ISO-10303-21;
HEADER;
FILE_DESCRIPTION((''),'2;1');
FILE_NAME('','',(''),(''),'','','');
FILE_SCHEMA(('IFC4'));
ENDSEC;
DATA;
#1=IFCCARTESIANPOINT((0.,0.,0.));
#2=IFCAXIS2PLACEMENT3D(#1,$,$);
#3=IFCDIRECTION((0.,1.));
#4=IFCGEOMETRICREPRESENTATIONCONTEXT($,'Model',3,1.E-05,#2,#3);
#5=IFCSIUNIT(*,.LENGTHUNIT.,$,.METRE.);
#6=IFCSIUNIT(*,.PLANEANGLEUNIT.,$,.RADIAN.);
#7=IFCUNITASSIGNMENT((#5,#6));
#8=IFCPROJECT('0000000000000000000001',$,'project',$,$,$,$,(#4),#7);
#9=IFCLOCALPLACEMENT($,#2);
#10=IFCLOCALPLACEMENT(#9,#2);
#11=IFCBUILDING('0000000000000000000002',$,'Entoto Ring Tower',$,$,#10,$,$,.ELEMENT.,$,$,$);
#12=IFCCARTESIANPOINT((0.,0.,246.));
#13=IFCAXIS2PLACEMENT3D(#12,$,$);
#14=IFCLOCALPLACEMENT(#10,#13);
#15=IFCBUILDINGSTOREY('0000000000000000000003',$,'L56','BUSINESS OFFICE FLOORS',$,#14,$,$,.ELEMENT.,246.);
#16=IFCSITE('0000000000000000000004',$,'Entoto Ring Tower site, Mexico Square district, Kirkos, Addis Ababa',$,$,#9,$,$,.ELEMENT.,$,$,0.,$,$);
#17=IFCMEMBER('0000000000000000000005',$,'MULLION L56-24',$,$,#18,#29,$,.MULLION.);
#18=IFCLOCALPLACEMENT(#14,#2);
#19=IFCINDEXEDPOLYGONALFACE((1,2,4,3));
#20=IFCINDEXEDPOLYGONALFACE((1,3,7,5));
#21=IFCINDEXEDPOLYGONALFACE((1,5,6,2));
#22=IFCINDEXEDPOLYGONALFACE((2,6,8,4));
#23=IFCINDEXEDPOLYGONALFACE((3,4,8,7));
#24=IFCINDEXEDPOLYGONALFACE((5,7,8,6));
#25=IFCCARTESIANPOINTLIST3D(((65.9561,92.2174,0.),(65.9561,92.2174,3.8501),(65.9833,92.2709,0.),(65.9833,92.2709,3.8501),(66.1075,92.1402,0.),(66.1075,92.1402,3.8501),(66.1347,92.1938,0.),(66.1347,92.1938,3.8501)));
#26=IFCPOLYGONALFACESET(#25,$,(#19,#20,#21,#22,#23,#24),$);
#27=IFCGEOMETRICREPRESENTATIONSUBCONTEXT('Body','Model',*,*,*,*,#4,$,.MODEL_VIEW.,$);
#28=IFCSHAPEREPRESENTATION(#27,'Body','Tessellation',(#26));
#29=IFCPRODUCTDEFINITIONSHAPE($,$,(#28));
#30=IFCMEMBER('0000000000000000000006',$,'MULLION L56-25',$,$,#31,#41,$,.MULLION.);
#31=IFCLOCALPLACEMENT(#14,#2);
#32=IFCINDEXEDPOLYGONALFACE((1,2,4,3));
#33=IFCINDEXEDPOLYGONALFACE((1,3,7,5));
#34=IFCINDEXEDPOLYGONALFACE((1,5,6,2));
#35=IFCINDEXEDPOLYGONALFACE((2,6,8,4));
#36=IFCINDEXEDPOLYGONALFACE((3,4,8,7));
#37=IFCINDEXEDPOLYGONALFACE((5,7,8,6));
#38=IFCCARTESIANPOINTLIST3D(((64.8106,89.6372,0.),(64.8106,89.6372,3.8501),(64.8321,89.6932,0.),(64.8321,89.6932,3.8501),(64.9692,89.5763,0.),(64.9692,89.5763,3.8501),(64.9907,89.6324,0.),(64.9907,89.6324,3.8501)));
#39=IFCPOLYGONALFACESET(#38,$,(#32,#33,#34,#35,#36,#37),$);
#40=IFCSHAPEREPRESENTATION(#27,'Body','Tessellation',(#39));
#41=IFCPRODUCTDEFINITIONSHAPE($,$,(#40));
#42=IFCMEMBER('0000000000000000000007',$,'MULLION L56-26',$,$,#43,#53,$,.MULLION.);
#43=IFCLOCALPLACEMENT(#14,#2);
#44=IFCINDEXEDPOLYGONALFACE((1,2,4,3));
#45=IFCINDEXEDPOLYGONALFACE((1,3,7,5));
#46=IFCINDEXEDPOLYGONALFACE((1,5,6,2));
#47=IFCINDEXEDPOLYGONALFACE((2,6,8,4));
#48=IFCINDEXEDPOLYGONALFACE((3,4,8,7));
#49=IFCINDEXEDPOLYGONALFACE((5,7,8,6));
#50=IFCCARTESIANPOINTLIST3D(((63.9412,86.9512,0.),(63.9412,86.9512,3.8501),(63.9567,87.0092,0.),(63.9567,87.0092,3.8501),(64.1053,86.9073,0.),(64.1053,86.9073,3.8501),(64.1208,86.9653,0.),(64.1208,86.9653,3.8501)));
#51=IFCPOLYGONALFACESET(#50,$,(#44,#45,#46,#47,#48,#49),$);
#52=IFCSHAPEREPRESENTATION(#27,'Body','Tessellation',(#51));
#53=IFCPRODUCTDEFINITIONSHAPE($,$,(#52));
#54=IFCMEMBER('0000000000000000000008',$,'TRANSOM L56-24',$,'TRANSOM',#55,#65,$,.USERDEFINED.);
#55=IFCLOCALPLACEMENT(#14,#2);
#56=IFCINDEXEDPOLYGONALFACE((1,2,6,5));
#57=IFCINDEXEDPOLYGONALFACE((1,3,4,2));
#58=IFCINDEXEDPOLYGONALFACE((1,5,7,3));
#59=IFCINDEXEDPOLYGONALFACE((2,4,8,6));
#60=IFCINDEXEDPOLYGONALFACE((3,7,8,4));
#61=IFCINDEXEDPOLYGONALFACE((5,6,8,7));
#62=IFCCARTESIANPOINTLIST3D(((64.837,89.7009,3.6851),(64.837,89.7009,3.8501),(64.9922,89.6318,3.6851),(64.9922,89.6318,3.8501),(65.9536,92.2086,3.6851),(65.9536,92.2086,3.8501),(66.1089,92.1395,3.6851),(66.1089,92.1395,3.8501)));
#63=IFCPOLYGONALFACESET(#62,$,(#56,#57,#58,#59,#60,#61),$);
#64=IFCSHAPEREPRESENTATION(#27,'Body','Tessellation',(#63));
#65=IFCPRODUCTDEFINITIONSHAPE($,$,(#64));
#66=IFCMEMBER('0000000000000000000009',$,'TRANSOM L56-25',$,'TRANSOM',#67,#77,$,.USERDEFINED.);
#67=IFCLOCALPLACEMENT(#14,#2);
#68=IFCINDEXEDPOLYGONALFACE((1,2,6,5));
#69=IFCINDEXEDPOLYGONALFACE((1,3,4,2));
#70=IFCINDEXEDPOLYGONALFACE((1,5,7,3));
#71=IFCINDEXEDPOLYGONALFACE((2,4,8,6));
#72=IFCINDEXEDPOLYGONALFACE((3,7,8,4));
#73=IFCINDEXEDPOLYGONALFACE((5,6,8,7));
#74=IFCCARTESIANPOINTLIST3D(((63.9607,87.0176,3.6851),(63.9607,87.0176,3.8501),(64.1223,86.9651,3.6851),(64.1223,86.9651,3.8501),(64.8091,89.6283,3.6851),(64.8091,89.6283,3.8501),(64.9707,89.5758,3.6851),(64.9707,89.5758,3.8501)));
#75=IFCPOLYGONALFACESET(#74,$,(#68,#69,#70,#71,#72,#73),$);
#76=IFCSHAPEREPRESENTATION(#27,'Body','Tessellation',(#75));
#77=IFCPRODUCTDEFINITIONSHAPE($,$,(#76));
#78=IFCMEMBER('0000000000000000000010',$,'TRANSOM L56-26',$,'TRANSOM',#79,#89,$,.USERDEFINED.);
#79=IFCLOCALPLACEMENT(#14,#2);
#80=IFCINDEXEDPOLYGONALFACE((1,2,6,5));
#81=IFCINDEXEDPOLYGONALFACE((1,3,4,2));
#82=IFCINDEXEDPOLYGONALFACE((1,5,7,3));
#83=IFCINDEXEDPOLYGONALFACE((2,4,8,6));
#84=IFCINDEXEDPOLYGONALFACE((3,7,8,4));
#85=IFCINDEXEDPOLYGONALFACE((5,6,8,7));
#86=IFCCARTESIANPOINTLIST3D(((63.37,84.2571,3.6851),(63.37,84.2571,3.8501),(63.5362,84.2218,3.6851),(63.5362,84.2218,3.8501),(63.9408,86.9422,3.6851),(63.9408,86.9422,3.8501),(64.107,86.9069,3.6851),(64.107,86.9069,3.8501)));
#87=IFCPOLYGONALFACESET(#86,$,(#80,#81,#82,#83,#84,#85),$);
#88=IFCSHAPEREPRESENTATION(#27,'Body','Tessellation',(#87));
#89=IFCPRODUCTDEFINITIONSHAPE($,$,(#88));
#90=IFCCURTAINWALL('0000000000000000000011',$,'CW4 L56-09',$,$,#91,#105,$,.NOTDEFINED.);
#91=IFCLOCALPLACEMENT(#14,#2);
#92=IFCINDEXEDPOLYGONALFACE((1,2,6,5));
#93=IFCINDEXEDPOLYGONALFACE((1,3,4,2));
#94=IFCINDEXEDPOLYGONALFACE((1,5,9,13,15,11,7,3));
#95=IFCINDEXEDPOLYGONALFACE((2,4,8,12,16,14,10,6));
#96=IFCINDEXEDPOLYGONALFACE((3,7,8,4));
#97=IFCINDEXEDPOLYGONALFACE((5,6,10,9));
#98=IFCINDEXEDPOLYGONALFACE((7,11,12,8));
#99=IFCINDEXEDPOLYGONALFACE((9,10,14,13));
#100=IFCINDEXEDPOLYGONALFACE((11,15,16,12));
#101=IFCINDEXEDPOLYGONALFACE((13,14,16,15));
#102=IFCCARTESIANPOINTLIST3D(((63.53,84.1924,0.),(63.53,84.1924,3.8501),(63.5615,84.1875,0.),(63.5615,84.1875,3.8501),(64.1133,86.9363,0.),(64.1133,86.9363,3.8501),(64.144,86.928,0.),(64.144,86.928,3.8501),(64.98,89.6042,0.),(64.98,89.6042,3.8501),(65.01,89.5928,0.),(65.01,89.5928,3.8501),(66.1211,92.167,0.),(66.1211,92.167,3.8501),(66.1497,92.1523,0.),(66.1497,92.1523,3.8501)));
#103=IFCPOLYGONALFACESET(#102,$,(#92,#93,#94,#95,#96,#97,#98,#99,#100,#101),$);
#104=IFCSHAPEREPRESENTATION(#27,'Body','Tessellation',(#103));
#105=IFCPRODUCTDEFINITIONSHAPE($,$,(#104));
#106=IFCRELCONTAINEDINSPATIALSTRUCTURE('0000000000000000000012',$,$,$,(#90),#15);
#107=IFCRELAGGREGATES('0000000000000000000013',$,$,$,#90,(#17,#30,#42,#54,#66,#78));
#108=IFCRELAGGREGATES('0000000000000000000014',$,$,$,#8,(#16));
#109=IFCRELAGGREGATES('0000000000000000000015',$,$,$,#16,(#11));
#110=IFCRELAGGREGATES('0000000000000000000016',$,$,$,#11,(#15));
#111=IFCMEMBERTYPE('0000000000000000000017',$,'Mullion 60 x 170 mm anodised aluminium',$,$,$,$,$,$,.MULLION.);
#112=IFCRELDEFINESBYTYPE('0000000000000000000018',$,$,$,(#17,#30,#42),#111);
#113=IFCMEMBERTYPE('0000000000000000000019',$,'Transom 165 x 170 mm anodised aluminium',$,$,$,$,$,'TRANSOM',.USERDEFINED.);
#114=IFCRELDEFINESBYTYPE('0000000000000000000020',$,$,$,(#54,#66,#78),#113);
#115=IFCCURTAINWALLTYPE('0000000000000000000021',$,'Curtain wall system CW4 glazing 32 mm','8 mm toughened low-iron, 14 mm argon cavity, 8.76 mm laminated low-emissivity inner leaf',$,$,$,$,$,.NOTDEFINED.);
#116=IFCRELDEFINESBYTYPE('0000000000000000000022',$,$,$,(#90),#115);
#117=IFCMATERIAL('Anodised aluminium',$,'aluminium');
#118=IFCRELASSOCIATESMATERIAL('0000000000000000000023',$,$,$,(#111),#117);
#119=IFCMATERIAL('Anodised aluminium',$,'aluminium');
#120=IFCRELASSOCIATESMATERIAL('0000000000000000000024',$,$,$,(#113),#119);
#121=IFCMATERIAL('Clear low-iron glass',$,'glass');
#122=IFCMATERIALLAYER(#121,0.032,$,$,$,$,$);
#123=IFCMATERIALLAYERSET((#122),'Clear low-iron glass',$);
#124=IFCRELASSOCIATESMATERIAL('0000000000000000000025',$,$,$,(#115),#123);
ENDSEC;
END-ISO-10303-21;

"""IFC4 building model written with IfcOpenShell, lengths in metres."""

from ifc_helpers import new_model, si_unit, direction, frame, origin, origin_2d, place, context, subcontext, project, spatial, polyline, rectangle, outline, extrude, material, layer, layer_set, material_profile, profile_set, type_object, element, aggregate, save


model = new_model("IFC4")

# Units and contexts
model_context = context("Model", 3, precision=1e-05, world=origin(), true_north=direction((0.0, 1.0)))
body_context = subcontext(model_context, "Body", "Model", "MODEL_VIEW")
ifc_project = project(units=[si_unit("LENGTHUNIT", "METRE"), si_unit("PLANEANGLEUNIT", "RADIAN")], contexts=[model_context])

# Members
ifc_material_1 = material(Name="Anodised aluminium", Category="aluminium")
ifc_material_profile_1 = material_profile(ifc_material_1, rectangle(XDim=0.0601, YDim=0.1699, at=origin_2d()), Name="Mullion 60 x 170 mm anodised aluminium")
ifc_profile_set_1 = profile_set([ifc_material_profile_1], Name="Anodised aluminium")
member_type_1 = type_object("IfcMemberType", Name="Mullion 60 x 170 mm anodised aluminium", PredefinedType="MULLION", material=ifc_profile_set_1)
site_placement = place(None, origin())
building_placement = place(site_placement, origin())
storey_placement = place(building_placement, frame((0.0, 0.0, 246.0)))
member_1_placement = place(storey_placement, frame((66.0454, 92.2056, 0.0), z_axis=(0.0, 0.0, 1.0), x_axis=(-0.45399, -0.891007, 0.0)))
member_1 = element("IfcMember", 1, at=member_1_placement, type_object=member_type_1, Name="MULLION L56-24", PredefinedType="MULLION", context=body_context, shape_type="SweptSolid", body=[
    extrude(rectangle(XDim=0.0601, YDim=0.1699, at=origin_2d()), origin(), (0.0, 0.0, 1.0), 3.8501),
])
member_2_placement = place(storey_placement, frame((64.9006, 89.6348, 0.0), z_axis=(0.0, 0.0, 1.0), x_axis=(-0.358368, -0.93358, 0.0)))
member_2 = element("IfcMember", 2, at=member_2_placement, type_object=member_type_1, Name="MULLION L56-25", PredefinedType="MULLION", context=body_context, shape_type="SweptSolid", body=[
    extrude(rectangle(XDim=0.0601, YDim=0.1699, at=origin_2d()), origin(), (0.0, 0.0, 1.0), 3.8501),
])
member_3_placement = place(storey_placement, frame((64.031, 86.9583, 0.0), z_axis=(0.0, 0.0, 1.0), x_axis=(-0.258819, -0.965926, 0.0)))
member_3 = element("IfcMember", 3, at=member_3_placement, type_object=member_type_1, Name="MULLION L56-26", PredefinedType="MULLION", context=body_context, shape_type="SweptSolid", body=[
    extrude(rectangle(XDim=0.0601, YDim=0.1699, at=origin_2d()), origin(), (0.0, 0.0, 1.0), 3.8501),
])
ifc_material_2 = material(Name="Anodised aluminium", Category="aluminium")
ifc_material_profile_2 = material_profile(ifc_material_2, rectangle(XDim=0.1699, YDim=0.165, at=origin_2d()), Name="Transom 165 x 170 mm anodised aluminium")
ifc_profile_set_2 = profile_set([ifc_material_profile_2], Name="Anodised aluminium")
member_type_2 = type_object("IfcMemberType", Name="Transom 165 x 170 mm anodised aluminium", ElementType="TRANSOM", PredefinedType="USERDEFINED", material=ifc_profile_set_2)
member_4_placement = place(storey_placement, frame((66.0312, 92.1741, 3.7676), z_axis=(-0.406782, -0.913525, 0.0), x_axis=(0.913525, -0.406782, 0.0)))
member_4 = element("IfcMember", 4, at=member_4_placement, type_object=member_type_2, Name="TRANSOM L56-24", ObjectType="TRANSOM", PredefinedType="USERDEFINED", context=body_context, shape_type="SweptSolid", body=[
    extrude(rectangle(XDim=0.1699, YDim=0.165, at=origin_2d()), origin(), (0.0, 0.0, 1.0), 2.7451),
])
member_5_placement = place(storey_placement, frame((64.8899, 89.6021, 3.7676), z_axis=(-0.309042, -0.951048, 0.0), x_axis=(0.951048, -0.309042, 0.0)))
member_5 = element("IfcMember", 5, at=member_5_placement, type_object=member_type_2, Name="TRANSOM L56-25", ObjectType="TRANSOM", PredefinedType="USERDEFINED", context=body_context, shape_type="SweptSolid", body=[
    extrude(rectangle(XDim=0.1699, YDim=0.165, at=origin_2d()), origin(), (0.0, 0.0, 1.0), 2.7451),
])
member_6_placement = place(storey_placement, frame((64.0239, 86.9246, 3.7676), z_axis=(-0.207937, -0.978142, 0.0), x_axis=(0.978142, -0.207937, 0.0)))
member_6 = element("IfcMember", 6, at=member_6_placement, type_object=member_type_2, Name="TRANSOM L56-26", ObjectType="TRANSOM", PredefinedType="USERDEFINED", context=body_context, shape_type="SweptSolid", body=[
    extrude(rectangle(XDim=0.1699, YDim=0.165, at=origin_2d()), origin(), (0.0, 0.0, 1.0), 2.7451),
])

# Site, building, storey
site = spatial("IfcSite", under=ifc_project, at=site_placement, Name="Entoto Ring Tower site, Mexico Square district, Kirkos, Addis Ababa", CompositionType="ELEMENT", RefElevation=0.0)
building = spatial("IfcBuilding", under=site, at=building_placement, Name="Entoto Ring Tower", CompositionType="ELEMENT")
storey = spatial("IfcBuildingStorey", under=building, at=storey_placement, Name="L56", Description="BUSINESS OFFICE FLOORS", CompositionType="ELEMENT", Elevation=246.0)

# Curtain wall
ifc_material_3 = material(Name="Clear low-iron glass", Category="glass")
ifc_layer = layer(ifc_material_3, 0.032)
ifc_layer_set = layer_set([ifc_layer], Name="Clear low-iron glass")
curtain_wall_type = type_object("IfcCurtainWallType", Name="Curtain wall system CW4 glazing 32 mm", Description="8 mm toughened low-iron, 14 mm argon cavity, 8.76 mm laminated low-emissivity inner leaf", PredefinedType="NOTDEFINED", material=ifc_layer_set)
curtain_wall_1_placement = place(storey_placement, origin())
curtain_wall_1 = element("IfcCurtainWall", 7, at=curtain_wall_1_placement, inside=storey, type_object=curtain_wall_type, Name="CW4 L56-09", PredefinedType="NOTDEFINED", context=body_context, shape_type="SweptSolid", body=[
    extrude(outline(polyline([(66.1211, 92.167), (64.98, 89.6042), (64.1133, 86.9363), (63.53, 84.1924), (63.5615, 84.1875), (64.144, 86.928), (65.01, 89.5928), (66.1497, 92.1523), (66.1211, 92.167)])), origin(), (0.0, 0.0, 1.0), 3.8501),
])
aggregate(curtain_wall_1, [member_1, member_2, member_3, member_4, member_5, member_6])

save(model, "model.ifc")
